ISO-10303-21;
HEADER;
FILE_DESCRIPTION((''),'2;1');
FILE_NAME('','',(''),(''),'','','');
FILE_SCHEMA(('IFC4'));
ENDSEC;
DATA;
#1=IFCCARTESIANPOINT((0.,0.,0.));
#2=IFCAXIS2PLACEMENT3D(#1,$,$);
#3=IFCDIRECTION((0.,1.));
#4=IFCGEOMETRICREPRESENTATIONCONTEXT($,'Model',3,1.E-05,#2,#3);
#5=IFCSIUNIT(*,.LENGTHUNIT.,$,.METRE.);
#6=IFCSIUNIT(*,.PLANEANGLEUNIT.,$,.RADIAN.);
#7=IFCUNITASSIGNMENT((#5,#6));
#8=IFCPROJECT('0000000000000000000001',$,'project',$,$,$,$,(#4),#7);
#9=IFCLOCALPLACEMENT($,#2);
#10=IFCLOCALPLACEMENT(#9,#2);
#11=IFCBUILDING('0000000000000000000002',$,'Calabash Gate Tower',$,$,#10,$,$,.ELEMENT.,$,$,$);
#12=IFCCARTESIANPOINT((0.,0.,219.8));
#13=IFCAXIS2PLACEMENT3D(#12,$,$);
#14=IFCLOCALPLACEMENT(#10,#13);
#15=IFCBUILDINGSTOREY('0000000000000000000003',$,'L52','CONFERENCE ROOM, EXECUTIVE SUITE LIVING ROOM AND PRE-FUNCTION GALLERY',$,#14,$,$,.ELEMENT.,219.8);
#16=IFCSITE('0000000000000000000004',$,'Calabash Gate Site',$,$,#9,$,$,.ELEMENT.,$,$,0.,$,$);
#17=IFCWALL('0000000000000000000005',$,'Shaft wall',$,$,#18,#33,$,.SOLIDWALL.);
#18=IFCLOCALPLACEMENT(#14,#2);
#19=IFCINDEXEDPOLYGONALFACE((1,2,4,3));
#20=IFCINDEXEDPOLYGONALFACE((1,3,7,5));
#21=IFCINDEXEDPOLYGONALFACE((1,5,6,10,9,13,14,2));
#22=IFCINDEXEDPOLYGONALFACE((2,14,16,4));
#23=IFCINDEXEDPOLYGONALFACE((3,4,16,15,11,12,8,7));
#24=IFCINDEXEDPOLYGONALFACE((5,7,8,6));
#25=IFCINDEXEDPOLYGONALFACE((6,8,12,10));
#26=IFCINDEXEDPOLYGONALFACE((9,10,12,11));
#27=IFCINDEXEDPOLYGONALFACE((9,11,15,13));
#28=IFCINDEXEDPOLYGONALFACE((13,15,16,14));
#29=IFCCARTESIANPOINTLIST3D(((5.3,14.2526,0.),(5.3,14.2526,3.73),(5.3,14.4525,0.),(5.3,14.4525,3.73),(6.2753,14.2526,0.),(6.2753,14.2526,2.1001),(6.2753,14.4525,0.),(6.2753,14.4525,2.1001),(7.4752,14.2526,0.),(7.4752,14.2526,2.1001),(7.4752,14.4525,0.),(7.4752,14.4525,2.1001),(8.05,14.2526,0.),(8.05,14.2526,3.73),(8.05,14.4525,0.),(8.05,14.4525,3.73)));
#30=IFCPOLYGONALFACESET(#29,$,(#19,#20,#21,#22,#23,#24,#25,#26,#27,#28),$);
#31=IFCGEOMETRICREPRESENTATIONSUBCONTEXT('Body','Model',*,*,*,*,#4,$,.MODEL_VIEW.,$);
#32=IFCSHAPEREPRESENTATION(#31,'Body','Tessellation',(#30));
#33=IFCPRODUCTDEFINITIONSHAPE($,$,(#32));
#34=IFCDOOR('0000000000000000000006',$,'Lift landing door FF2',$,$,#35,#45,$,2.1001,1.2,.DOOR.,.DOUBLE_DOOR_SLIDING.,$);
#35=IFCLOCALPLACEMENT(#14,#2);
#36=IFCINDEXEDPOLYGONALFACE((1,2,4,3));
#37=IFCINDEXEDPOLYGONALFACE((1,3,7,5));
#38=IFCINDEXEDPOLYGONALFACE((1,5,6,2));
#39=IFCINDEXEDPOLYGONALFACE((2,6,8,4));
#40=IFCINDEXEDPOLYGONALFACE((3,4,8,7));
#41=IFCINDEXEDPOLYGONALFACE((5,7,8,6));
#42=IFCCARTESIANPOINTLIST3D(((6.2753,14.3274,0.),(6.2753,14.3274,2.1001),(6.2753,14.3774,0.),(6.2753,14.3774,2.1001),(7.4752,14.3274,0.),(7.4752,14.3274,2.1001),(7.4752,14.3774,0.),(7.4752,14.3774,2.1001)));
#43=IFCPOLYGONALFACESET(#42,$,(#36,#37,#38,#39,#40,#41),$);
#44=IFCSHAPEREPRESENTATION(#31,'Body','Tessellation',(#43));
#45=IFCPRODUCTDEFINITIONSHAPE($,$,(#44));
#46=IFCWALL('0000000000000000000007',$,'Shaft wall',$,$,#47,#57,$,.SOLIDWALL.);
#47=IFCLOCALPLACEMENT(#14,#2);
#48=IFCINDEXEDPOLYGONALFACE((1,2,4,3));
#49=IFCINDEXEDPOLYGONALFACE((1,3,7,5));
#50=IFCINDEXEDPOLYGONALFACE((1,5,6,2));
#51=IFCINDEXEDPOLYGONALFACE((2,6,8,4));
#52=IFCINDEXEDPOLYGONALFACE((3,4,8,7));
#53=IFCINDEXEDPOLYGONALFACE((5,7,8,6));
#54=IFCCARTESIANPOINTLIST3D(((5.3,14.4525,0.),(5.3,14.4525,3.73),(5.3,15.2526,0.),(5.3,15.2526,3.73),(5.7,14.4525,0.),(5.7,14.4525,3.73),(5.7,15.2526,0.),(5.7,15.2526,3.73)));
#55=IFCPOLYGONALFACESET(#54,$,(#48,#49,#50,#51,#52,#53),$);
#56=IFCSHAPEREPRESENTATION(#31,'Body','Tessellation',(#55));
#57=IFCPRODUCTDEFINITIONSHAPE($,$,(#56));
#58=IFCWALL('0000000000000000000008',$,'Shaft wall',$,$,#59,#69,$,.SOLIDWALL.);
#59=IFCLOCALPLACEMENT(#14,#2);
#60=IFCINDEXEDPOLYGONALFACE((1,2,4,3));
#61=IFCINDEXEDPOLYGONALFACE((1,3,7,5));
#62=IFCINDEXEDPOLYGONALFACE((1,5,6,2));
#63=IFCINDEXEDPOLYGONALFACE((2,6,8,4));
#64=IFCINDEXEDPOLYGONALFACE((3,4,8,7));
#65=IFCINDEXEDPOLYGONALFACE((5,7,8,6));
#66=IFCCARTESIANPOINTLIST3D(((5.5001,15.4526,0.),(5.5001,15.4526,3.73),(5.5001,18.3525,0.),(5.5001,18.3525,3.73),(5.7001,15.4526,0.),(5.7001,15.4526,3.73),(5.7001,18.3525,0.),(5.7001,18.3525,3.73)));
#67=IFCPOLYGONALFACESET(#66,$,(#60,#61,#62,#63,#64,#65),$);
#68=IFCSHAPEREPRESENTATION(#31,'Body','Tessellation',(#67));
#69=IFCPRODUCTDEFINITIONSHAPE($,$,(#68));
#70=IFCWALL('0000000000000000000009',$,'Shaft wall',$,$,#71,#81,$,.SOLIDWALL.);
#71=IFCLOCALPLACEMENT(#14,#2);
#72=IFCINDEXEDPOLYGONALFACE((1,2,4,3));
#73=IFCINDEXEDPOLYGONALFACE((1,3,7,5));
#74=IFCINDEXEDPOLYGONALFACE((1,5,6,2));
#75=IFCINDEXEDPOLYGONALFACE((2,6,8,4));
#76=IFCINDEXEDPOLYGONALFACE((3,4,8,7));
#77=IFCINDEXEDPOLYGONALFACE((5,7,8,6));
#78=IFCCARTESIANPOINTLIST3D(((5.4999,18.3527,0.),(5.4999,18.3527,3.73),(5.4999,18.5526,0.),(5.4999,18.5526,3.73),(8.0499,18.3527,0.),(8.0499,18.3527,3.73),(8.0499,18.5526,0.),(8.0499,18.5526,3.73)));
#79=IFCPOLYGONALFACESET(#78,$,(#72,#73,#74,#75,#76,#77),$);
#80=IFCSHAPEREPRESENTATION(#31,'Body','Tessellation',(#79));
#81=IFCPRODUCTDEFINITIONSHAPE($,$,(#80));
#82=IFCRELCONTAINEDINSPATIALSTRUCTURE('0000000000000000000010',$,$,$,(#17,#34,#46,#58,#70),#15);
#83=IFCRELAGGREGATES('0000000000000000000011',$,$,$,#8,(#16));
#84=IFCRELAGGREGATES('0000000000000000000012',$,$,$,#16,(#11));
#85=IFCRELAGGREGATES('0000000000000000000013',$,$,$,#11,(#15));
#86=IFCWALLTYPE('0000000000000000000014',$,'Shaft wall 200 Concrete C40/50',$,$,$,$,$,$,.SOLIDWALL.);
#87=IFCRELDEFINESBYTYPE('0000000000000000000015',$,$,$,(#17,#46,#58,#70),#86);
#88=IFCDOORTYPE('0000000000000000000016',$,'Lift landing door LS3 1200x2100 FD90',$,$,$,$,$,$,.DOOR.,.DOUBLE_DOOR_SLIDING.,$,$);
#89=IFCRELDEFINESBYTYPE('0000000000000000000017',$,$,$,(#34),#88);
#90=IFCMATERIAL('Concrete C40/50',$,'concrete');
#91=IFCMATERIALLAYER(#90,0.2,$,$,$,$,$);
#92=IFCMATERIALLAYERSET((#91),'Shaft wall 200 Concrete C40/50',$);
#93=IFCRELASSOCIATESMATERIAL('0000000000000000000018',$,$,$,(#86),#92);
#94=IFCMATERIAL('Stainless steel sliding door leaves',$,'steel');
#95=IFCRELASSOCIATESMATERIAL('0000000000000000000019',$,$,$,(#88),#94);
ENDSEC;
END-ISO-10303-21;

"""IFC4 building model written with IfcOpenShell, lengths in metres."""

from ifc_helpers import new_model, si_unit, direction, frame, frame_2d, origin, place, context, subcontext, project, spatial, rectangle, extrude, material, layer, layer_set, type_object, element, fill, save


model = new_model("IFC4")

# Units and contexts
model_context = context("Model", 3, precision=1e-05, world=origin(), true_north=direction((0.0, 1.0)))
body_context = subcontext(model_context, "Body", "Model", "MODEL_VIEW")
ifc_project = project(units=[si_unit("LENGTHUNIT", "METRE"), si_unit("PLANEANGLEUNIT", "RADIAN")], contexts=[model_context])

# Site, building, storey
site_placement = place(None, origin())
site = spatial("IfcSite", under=ifc_project, at=site_placement, Name="Calabash Gate Site", CompositionType="ELEMENT", RefElevation=0.0)
building_placement = place(site_placement, origin())
building = spatial("IfcBuilding", under=site, at=building_placement, Name="Calabash Gate Tower", CompositionType="ELEMENT")
storey_placement = place(building_placement, frame((0.0, 0.0, 219.8)))
storey = spatial("IfcBuildingStorey", under=building, at=storey_placement, Name="L52", Description="CONFERENCE ROOM, EXECUTIVE SUITE LIVING ROOM AND PRE-FUNCTION GALLERY", CompositionType="ELEMENT", Elevation=219.8)

# Shared definitions
ifc_material_1 = material(Name="Concrete C40/50", Category="concrete")
ifc_layer_1 = layer(ifc_material_1, 0.2)
ifc_layer_set_1 = layer_set([ifc_layer_1], Name="Shaft wall 200 Concrete C40/50")
wall_type_1 = type_object("IfcWallType", Name="Shaft wall 200 Concrete C40/50", PredefinedType="SOLIDWALL", material=ifc_layer_set_1)

# Wall, opening, door
wall_1_placement = place(storey_placement, frame((5.3, 14.3525, 0.0), z_axis=(0.0, 0.0, 1.0), x_axis=(1.0, 0.0, 0.0)))
wall_1 = element("IfcWall", 1, at=wall_1_placement, inside=storey, type_object=wall_type_1, Name="Shaft wall", PredefinedType="SOLIDWALL", context=body_context, shape_type="SweptSolid", body=[
    extrude(rectangle(XDim=2.75, YDim=0.2, at=frame_2d((1.375, 0.0))), origin(), (0.0, 0.0, 1.0), 3.73),
])
opening_1_placement = place(wall_1_placement, frame((0.9751, 0.0, 0.0)))
opening_1 = element("IfcOpeningElement", 2, at=opening_1_placement, cuts=wall_1, PredefinedType="OPENING", context=body_context, shape_type="SweptSolid", body=[
    extrude(rectangle(XDim=1.2, YDim=2.1001, at=frame_2d((0.6001, 1.05))), frame((0.0, 0.1099, 0.0), z_axis=(0.0, -1.0, 0.0), x_axis=(1.0, 0.0, 0.0)), (0.0, 0.0, 1.0), 0.22),
])
ifc_material_2 = material(Name="Stainless steel sliding door leaves", Category="steel")
door_type_1 = type_object("IfcDoorType", Name="Lift landing door LS3 1200x2100 FD90", OperationType="DOUBLE_DOOR_SLIDING", PredefinedType="DOOR", material=ifc_material_2)
door_1_placement = place(opening_1_placement, origin())
door_1 = element("IfcDoor", 3, at=door_1_placement, inside=storey, type_object=door_type_1, Name="Lift landing door FF2", OperationType="DOUBLE_DOOR_SLIDING", OverallHeight=2.1001, OverallWidth=1.2, PredefinedType="DOOR", context=body_context, shape_type="SweptSolid", body=[
    extrude(rectangle(XDim=1.2, YDim=2.1001, at=frame_2d((0.6001, 1.05))), frame((0.0, 0.0249, 0.0), z_axis=(0.0, -1.0, 0.0), x_axis=(1.0, 0.0, 0.0)), (0.0, 0.0, 1.0), 0.05),
])
fill(opening_1, door_1)

# Walls
wall_2_placement = place(storey_placement, frame((5.5, 14.4526, 0.0), z_axis=(0.0, 0.0, 1.0), x_axis=(0.0, 1.0, 0.0)))
element("IfcWall", 4, at=wall_2_placement, inside=storey, type_object=wall_type_1, Name="Shaft wall", PredefinedType="SOLIDWALL", context=body_context, shape_type="SweptSolid", body=[
    extrude(rectangle(XDim=0.8, YDim=0.3999, at=frame_2d((0.3999, 0.0))), origin(), (0.0, 0.0, 1.0), 3.73),
])
wall_3_placement = place(storey_placement, frame((5.6001, 15.4526, 0.0), z_axis=(0.0, 0.0, 1.0), x_axis=(0.0, 1.0, 0.0)))
element("IfcWall", 5, at=wall_3_placement, inside=storey, type_object=wall_type_1, Name="Shaft wall", PredefinedType="SOLIDWALL", context=body_context, shape_type="SweptSolid", body=[
    extrude(rectangle(XDim=2.8999, YDim=0.2, at=frame_2d((1.45, 0.0))), origin(), (0.0, 0.0, 1.0), 3.73),
])
wall_4_placement = place(storey_placement, frame((5.5, 18.4526, 0.0), z_axis=(0.0, 0.0, 1.0), x_axis=(1.0, 0.0, 0.0)))
element("IfcWall", 6, at=wall_4_placement, inside=storey, type_object=wall_type_1, Name="Shaft wall", PredefinedType="SOLIDWALL", context=body_context, shape_type="SweptSolid", body=[
    extrude(rectangle(XDim=2.55, YDim=0.2, at=frame_2d((1.2749, 0.0))), origin(), (0.0, 0.0, 1.0), 3.73),
])

save(model, "model.ifc")
